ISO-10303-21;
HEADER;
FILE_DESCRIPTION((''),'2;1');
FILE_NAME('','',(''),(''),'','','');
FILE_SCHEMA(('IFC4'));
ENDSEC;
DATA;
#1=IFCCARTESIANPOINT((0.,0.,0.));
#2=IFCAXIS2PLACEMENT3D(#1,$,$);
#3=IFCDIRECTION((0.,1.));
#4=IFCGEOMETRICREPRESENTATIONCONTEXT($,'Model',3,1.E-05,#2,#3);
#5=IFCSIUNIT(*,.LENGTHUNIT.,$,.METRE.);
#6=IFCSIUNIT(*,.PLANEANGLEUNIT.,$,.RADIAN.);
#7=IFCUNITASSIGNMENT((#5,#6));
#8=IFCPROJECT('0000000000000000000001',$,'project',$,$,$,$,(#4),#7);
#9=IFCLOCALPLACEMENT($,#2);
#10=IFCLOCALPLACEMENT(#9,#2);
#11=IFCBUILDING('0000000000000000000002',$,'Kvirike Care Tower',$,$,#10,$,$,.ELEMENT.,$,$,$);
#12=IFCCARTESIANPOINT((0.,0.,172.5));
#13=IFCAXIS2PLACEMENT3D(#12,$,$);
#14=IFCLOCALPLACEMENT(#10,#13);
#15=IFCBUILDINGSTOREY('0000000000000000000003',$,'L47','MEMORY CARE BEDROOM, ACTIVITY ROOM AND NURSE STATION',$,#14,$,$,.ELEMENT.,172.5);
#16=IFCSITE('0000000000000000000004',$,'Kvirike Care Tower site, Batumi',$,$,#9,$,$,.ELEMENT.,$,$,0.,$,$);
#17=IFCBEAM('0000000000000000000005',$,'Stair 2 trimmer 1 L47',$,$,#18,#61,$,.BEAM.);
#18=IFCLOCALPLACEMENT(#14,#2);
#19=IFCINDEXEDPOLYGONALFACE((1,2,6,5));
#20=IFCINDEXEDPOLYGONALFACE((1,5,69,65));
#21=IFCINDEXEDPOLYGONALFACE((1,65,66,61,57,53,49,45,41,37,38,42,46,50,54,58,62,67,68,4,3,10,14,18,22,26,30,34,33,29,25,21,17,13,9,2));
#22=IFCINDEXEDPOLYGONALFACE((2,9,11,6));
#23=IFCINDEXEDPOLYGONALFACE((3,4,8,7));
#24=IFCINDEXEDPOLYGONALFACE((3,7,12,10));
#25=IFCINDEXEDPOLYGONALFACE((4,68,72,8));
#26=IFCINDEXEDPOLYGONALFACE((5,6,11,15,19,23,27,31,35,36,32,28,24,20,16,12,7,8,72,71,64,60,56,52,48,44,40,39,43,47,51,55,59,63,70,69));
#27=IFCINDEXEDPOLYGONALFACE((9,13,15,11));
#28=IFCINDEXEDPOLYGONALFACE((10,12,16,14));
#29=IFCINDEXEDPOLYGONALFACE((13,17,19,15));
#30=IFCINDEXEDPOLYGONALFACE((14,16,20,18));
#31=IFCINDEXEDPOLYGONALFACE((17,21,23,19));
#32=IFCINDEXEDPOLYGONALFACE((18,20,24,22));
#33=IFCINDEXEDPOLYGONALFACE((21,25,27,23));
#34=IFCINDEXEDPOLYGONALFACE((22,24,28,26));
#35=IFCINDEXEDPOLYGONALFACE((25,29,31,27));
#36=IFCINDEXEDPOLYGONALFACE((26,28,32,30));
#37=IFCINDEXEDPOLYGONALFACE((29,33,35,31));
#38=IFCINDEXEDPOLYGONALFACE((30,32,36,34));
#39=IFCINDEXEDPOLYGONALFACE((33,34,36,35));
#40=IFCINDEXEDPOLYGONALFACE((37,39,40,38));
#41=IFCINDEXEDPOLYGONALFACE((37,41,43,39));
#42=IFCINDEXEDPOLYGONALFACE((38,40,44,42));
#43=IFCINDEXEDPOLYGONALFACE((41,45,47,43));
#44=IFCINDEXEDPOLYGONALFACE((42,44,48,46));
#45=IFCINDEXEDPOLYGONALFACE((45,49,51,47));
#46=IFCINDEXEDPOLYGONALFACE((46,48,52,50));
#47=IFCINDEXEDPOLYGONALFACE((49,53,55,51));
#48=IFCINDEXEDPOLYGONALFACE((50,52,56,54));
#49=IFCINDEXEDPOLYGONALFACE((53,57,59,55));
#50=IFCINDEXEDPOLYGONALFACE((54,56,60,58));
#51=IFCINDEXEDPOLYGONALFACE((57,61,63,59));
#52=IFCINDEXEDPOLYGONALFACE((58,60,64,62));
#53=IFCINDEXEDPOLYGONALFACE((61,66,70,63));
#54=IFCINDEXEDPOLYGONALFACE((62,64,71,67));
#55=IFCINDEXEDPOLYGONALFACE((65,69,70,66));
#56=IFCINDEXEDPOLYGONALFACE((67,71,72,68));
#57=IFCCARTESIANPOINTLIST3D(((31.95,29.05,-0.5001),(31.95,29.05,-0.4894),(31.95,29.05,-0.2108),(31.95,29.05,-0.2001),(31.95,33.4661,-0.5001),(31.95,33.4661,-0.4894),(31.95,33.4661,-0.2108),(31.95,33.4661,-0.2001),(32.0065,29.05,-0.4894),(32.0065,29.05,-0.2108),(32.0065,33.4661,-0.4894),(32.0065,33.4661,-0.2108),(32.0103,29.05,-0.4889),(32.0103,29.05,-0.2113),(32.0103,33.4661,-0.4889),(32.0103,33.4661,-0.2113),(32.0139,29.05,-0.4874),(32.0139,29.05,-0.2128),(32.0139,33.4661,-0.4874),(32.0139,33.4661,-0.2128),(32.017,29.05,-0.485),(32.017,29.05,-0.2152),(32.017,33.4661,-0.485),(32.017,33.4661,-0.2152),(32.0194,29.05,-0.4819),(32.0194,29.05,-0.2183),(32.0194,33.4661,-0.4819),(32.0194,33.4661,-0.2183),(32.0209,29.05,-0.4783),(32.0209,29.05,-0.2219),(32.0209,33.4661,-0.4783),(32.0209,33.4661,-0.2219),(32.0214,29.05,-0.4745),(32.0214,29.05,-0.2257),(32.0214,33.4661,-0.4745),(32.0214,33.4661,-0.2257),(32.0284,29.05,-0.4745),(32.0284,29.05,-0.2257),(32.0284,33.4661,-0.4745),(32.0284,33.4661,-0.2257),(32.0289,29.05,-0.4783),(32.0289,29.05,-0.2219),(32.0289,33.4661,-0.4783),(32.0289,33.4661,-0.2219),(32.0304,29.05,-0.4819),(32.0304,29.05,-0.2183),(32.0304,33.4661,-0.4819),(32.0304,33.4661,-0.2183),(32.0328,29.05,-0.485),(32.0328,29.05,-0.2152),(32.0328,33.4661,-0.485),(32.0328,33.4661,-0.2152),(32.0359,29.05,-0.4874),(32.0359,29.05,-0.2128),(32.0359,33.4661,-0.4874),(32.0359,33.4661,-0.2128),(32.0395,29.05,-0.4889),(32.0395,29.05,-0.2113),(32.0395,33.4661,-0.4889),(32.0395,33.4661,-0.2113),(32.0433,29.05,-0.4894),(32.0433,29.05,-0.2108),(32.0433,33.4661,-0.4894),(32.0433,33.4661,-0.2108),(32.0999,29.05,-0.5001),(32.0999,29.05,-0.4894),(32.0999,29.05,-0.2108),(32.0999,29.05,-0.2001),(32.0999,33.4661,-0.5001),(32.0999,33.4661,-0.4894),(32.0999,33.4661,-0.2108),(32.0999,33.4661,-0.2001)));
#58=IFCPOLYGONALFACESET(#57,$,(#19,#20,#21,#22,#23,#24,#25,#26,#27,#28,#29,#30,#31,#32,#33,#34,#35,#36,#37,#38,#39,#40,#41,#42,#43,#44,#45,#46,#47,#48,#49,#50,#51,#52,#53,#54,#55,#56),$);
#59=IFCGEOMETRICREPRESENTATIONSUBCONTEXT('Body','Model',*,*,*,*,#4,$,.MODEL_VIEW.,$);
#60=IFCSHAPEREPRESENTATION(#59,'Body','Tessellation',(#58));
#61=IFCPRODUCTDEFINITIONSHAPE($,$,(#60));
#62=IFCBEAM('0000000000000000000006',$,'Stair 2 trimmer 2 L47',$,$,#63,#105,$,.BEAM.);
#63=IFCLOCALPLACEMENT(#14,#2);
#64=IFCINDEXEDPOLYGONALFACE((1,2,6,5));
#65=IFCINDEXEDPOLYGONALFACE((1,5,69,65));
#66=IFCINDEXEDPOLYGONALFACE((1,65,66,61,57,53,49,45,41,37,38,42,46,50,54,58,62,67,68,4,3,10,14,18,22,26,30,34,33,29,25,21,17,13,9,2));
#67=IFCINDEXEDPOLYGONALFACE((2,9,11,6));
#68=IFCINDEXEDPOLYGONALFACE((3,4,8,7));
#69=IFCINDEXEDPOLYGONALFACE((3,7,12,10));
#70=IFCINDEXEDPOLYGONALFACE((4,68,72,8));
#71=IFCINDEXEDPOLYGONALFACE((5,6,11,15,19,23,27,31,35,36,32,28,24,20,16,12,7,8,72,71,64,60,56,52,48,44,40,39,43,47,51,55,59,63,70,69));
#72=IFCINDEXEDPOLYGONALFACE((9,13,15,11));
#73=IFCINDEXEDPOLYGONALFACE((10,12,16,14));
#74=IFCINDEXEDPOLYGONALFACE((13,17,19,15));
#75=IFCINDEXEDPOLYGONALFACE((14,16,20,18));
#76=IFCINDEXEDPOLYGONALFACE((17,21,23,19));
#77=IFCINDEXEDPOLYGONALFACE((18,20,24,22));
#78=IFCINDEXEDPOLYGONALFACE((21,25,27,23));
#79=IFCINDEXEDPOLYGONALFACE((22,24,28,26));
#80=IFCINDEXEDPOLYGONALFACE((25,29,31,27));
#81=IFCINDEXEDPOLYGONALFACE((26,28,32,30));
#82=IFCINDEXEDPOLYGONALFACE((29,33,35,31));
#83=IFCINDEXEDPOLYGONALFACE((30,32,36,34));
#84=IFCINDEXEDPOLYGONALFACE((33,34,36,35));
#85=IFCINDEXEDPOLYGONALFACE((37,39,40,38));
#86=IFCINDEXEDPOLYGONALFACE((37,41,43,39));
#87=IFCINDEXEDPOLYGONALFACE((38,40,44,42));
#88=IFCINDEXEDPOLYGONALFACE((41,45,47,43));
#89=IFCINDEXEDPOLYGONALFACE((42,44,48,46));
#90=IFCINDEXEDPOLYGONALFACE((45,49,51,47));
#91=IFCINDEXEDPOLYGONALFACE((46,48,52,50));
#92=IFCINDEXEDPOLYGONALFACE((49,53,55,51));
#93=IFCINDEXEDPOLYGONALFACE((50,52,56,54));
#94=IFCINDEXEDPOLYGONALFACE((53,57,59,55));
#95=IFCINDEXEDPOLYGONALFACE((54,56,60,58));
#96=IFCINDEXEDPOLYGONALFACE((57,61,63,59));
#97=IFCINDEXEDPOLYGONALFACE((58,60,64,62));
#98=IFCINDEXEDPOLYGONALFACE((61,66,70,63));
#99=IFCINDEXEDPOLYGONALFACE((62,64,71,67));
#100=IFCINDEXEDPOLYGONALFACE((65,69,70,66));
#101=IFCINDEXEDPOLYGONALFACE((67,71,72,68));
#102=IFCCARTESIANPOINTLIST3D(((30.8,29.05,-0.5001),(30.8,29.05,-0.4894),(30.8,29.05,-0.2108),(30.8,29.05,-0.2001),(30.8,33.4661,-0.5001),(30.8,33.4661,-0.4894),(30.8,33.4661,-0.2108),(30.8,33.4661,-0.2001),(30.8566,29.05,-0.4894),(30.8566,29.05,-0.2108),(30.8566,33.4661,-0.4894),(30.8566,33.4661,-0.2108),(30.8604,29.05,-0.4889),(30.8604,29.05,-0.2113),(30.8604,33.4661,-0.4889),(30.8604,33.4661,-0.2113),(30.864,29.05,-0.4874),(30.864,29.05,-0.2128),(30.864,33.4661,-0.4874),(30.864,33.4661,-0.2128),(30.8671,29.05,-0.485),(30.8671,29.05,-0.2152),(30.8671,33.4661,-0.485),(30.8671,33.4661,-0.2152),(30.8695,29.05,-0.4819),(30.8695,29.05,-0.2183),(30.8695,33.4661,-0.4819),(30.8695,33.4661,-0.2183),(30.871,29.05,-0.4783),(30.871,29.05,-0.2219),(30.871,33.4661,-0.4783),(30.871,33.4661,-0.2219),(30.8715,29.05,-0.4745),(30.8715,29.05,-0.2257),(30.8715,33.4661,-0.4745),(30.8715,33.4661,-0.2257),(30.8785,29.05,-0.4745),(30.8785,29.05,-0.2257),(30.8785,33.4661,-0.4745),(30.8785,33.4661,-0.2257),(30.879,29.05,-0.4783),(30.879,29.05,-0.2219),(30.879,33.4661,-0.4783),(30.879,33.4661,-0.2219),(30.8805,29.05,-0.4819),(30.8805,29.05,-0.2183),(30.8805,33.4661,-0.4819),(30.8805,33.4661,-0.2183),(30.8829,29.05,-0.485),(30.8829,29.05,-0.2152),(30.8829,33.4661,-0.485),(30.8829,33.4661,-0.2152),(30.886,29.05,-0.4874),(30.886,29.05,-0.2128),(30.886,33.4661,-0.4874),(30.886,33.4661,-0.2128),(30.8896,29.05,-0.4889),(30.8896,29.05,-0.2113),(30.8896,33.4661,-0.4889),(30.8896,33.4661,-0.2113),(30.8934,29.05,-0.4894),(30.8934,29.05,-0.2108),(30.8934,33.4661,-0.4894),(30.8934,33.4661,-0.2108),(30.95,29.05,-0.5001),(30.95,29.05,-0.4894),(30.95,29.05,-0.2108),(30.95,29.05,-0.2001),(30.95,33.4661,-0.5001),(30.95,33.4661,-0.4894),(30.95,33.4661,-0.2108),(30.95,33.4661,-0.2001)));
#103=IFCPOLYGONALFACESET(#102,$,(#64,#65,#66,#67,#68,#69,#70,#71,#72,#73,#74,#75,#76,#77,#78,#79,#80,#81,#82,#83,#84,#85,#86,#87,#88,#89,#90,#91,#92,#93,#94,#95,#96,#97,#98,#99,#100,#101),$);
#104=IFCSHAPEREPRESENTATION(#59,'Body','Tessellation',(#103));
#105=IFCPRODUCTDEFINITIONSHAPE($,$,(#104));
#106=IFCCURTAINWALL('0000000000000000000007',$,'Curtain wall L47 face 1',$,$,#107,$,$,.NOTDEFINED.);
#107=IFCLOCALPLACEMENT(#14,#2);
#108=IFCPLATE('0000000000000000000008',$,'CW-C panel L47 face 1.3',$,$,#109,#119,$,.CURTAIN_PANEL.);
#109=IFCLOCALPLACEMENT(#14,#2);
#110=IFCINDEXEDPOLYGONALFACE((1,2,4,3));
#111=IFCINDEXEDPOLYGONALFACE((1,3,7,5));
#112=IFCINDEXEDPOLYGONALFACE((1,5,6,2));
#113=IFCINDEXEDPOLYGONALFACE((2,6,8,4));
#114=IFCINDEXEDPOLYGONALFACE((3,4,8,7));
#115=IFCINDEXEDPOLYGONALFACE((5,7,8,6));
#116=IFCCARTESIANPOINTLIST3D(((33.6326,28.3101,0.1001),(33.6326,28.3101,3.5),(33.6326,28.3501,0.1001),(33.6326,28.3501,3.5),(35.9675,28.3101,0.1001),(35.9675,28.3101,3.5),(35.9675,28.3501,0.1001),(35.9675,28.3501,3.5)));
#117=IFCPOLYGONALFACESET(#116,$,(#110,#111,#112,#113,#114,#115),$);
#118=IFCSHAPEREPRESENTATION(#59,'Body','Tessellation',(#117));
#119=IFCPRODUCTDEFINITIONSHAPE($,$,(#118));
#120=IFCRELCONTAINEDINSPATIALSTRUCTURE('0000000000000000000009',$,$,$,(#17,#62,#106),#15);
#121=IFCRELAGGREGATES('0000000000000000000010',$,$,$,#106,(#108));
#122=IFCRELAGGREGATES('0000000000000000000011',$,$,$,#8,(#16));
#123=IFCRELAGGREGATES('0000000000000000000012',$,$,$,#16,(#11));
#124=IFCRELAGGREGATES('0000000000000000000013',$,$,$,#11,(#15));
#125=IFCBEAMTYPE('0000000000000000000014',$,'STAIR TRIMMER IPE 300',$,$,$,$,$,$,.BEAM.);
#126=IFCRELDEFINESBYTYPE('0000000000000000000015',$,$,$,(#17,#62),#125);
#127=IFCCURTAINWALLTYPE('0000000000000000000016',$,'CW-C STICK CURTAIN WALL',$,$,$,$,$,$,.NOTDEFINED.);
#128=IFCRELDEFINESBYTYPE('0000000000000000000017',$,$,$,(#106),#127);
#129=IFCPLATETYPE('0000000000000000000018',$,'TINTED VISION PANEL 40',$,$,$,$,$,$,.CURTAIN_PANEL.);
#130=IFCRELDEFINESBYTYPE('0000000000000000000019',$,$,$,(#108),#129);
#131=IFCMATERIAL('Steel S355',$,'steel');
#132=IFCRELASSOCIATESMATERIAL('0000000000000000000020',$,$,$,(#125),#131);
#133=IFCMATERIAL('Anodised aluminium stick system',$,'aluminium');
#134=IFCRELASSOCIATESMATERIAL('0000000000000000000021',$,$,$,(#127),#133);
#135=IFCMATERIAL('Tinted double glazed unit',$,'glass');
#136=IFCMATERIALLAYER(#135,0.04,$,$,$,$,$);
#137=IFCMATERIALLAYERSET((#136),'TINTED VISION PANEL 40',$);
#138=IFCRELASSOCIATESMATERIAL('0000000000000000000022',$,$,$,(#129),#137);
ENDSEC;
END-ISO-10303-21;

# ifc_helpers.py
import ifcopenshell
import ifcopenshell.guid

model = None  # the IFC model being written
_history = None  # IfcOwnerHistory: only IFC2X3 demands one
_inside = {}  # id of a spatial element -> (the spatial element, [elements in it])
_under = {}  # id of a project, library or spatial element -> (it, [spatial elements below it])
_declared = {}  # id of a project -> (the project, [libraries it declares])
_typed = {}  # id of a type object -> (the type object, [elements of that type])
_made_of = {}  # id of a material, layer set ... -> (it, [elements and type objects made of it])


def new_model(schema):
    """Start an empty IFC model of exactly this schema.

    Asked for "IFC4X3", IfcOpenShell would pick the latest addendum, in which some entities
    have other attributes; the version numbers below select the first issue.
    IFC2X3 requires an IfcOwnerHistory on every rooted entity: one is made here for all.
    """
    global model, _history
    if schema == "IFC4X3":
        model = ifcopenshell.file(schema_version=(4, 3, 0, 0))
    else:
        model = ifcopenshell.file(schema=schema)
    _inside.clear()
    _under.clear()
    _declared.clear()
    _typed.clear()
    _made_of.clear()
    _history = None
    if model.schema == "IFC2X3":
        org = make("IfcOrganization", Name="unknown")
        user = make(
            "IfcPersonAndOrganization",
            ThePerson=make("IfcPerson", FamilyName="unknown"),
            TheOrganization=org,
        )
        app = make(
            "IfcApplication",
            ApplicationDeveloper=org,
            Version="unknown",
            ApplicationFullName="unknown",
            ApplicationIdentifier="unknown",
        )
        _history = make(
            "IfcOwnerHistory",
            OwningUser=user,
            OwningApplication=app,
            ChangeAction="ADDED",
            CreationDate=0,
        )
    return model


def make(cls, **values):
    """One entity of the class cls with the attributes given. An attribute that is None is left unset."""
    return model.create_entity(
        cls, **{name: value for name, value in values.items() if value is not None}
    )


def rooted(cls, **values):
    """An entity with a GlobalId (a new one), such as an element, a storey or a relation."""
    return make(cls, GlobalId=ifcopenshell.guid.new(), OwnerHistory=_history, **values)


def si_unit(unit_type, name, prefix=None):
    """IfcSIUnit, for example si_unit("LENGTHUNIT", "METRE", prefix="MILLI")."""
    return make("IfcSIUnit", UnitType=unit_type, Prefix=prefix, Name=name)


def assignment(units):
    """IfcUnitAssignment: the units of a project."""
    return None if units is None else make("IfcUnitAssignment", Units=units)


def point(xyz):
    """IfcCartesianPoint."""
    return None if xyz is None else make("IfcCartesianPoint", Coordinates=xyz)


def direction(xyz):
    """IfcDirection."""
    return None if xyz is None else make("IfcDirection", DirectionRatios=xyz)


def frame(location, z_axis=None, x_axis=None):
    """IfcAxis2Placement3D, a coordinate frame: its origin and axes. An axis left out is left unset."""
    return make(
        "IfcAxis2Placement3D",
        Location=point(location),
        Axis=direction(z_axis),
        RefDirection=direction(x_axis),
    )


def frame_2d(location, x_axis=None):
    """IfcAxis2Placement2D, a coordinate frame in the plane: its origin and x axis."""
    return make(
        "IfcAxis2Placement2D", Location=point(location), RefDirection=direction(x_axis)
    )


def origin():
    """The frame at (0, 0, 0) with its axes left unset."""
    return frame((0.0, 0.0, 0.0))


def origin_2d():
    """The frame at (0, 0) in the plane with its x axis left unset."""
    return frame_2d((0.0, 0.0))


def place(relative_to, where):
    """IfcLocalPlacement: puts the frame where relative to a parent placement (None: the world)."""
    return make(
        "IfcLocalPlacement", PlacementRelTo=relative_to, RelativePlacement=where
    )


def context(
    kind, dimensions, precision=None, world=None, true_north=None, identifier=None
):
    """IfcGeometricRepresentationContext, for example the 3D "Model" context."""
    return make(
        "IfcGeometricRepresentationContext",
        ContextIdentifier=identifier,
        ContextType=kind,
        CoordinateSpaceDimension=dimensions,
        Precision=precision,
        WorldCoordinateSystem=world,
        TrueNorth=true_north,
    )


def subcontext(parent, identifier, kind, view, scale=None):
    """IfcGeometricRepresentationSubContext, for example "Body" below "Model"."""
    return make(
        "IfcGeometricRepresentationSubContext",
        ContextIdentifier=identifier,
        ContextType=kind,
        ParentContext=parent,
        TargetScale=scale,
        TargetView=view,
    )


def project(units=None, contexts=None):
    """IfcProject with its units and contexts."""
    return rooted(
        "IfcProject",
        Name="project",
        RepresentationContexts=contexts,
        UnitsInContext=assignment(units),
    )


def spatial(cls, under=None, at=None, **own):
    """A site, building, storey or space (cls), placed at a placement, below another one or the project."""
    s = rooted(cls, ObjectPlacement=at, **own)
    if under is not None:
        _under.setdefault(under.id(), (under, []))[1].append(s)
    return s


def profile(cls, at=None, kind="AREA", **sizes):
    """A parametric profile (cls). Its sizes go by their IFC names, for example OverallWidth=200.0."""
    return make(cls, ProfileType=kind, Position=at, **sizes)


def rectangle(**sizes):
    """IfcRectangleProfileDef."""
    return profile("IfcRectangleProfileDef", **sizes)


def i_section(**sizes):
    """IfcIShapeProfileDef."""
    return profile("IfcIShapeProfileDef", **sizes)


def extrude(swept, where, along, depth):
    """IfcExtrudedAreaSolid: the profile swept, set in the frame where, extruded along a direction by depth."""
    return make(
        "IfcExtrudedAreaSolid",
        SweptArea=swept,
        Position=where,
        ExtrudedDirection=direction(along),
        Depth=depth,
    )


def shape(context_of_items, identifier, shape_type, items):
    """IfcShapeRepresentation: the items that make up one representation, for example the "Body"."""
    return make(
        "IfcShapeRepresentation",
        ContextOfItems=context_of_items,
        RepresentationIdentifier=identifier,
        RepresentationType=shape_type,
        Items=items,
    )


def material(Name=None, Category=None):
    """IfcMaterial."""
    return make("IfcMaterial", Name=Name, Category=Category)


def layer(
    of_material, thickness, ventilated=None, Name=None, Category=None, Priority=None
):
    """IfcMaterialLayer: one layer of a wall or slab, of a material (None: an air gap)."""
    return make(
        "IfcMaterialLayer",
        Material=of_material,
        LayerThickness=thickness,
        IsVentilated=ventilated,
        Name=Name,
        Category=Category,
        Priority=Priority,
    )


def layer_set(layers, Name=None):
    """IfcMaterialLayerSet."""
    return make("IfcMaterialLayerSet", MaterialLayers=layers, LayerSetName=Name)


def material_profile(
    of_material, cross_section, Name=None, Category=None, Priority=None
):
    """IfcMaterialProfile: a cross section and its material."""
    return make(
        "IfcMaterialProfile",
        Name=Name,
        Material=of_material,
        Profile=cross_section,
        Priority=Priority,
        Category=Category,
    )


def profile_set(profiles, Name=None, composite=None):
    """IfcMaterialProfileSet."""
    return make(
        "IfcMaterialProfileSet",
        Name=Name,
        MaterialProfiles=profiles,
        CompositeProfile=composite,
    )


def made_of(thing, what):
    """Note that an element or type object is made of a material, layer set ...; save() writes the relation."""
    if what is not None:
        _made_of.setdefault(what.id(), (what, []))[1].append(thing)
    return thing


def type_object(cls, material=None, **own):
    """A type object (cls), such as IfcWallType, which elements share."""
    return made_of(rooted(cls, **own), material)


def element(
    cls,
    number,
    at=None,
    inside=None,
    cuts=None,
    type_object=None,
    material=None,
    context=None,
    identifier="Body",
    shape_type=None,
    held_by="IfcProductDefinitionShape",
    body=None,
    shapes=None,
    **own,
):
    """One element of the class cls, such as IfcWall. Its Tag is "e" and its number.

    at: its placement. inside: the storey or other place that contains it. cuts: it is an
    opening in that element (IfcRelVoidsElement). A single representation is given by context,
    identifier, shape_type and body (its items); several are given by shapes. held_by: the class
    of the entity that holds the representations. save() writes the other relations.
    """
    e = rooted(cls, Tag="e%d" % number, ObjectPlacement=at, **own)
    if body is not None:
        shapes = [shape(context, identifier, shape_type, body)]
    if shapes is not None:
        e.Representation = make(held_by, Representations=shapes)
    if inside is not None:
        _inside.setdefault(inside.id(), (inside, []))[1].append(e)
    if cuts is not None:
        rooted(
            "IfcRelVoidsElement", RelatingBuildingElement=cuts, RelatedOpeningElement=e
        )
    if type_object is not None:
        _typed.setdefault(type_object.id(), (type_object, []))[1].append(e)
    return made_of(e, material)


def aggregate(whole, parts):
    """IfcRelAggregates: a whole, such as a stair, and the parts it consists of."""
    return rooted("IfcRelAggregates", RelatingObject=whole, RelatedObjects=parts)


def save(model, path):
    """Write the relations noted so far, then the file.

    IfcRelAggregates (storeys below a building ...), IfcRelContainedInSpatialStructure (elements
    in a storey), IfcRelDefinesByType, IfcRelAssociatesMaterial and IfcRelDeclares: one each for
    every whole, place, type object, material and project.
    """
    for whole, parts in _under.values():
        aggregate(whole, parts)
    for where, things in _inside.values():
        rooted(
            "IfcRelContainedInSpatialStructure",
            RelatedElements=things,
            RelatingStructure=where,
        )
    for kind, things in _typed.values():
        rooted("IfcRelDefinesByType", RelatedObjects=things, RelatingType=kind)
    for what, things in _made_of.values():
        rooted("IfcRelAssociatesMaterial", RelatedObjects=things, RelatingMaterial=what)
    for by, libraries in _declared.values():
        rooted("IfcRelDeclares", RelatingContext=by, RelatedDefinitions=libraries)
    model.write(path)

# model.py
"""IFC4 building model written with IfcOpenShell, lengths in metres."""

from ifc_helpers import new_model, si_unit, direction, frame, origin, origin_2d, place, context, subcontext, project, spatial, rectangle, i_section, extrude, material, layer, layer_set, material_profile, profile_set, type_object, element, aggregate, save


model = new_model("IFC4")

# Units and contexts
model_context = context("Model", 3, precision=1e-05, world=origin(), true_north=direction((0.0, 1.0)))
body_context = subcontext(model_context, "Body", "Model", "MODEL_VIEW")
ifc_project = project(units=[si_unit("LENGTHUNIT", "METRE"), si_unit("PLANEANGLEUNIT", "RADIAN")], contexts=[model_context])

# Site, building, storey
site_placement = place(None, origin())
site = spatial("IfcSite", under=ifc_project, at=site_placement, Name="Kvirike Care Tower site, Batumi", CompositionType="ELEMENT", RefElevation=0.0)
building_placement = place(site_placement, origin())
building = spatial("IfcBuilding", under=site, at=building_placement, Name="Kvirike Care Tower", CompositionType="ELEMENT")
storey_placement = place(building_placement, frame((0.0, 0.0, 172.5)))
storey = spatial("IfcBuildingStorey", under=building, at=storey_placement, Name="L47", Description="MEMORY CARE BEDROOM, ACTIVITY ROOM AND NURSE STATION", CompositionType="ELEMENT", Elevation=172.5)

# Beams
ifc_material_1 = material(Name="Steel S355", Category="steel")
ifc_material_profile_1 = material_profile(ifc_material_1, i_section(OverallWidth=0.1499, OverallDepth=0.3, WebThickness=0.0071, FlangeThickness=0.0107, FilletRadius=0.0149, at=origin_2d()), Name="IPE 300")
ifc_profile_set_1 = profile_set([ifc_material_profile_1], Name="Steel S355")
beam_type_1 = type_object("IfcBeamType", Name="STAIR TRIMMER IPE 300", PredefinedType="BEAM", material=ifc_profile_set_1)
for number, where, z_axis, x_axis, name in (
    (1, (32.0249, 29.05, -0.3501), (0.0, 1.0, 0.0), (-1.0, 0.0, 0.0), "Stair 2 trimmer 1 L47"),
    (2, (30.875, 29.05, -0.3501), (0.0, 1.0, 0.0), (-1.0, 0.0, 0.0), "Stair 2 trimmer 2 L47"),
):
    element("IfcBeam", number, at=place(storey_placement, frame(where, z_axis=z_axis, x_axis=x_axis)), inside=storey, type_object=beam_type_1, Name=name, PredefinedType="BEAM", context=body_context, shape_type="SweptSolid", body=[
        extrude(i_section(OverallWidth=0.1499, OverallDepth=0.3, WebThickness=0.0071, FlangeThickness=0.0107, FilletRadius=0.0149, at=origin_2d()), origin(), (0.0, 0.0, 1.0), 4.416),
    ])

# Curtain wall, plate
ifc_material_2 = material(Name="Anodised aluminium stick system", Category="aluminium")
curtain_wall_type = type_object("IfcCurtainWallType", Name="CW-C STICK CURTAIN WALL", PredefinedType="NOTDEFINED", material=ifc_material_2)
curtain_wall_placement = place(storey_placement, origin())
curtain_wall = element("IfcCurtainWall", 3, at=curtain_wall_placement, inside=storey, type_object=curtain_wall_type, Name="Curtain wall L47 face 1", PredefinedType="NOTDEFINED")
ifc_material_3 = material(Name="Tinted double glazed unit", Category="glass")
ifc_layer_1 = layer(ifc_material_3, 0.04)
ifc_layer_set_1 = layer_set([ifc_layer_1], Name="TINTED VISION PANEL 40")
plate_type = type_object("IfcPlateType", Name="TINTED VISION PANEL 40", PredefinedType="CURTAIN_PANEL", material=ifc_layer_set_1)
plate_placement = place(storey_placement, frame((34.8, 28.3301, 0.1001), z_axis=(0.0, 0.0, 1.0), x_axis=(1.0, 0.0, 0.0)))
plate = element("IfcPlate", 4, at=plate_placement, type_object=plate_type, Name="CW-C panel L47 face 1.3", PredefinedType="CURTAIN_PANEL", context=body_context, shape_type="SweptSolid", body=[
    extrude(rectangle(XDim=2.335, YDim=0.04, at=origin_2d()), origin(), (0.0, 0.0, 1.0), 3.3999),
])
aggregate(curtain_wall, [plate])

save(model, "model.ifc")
